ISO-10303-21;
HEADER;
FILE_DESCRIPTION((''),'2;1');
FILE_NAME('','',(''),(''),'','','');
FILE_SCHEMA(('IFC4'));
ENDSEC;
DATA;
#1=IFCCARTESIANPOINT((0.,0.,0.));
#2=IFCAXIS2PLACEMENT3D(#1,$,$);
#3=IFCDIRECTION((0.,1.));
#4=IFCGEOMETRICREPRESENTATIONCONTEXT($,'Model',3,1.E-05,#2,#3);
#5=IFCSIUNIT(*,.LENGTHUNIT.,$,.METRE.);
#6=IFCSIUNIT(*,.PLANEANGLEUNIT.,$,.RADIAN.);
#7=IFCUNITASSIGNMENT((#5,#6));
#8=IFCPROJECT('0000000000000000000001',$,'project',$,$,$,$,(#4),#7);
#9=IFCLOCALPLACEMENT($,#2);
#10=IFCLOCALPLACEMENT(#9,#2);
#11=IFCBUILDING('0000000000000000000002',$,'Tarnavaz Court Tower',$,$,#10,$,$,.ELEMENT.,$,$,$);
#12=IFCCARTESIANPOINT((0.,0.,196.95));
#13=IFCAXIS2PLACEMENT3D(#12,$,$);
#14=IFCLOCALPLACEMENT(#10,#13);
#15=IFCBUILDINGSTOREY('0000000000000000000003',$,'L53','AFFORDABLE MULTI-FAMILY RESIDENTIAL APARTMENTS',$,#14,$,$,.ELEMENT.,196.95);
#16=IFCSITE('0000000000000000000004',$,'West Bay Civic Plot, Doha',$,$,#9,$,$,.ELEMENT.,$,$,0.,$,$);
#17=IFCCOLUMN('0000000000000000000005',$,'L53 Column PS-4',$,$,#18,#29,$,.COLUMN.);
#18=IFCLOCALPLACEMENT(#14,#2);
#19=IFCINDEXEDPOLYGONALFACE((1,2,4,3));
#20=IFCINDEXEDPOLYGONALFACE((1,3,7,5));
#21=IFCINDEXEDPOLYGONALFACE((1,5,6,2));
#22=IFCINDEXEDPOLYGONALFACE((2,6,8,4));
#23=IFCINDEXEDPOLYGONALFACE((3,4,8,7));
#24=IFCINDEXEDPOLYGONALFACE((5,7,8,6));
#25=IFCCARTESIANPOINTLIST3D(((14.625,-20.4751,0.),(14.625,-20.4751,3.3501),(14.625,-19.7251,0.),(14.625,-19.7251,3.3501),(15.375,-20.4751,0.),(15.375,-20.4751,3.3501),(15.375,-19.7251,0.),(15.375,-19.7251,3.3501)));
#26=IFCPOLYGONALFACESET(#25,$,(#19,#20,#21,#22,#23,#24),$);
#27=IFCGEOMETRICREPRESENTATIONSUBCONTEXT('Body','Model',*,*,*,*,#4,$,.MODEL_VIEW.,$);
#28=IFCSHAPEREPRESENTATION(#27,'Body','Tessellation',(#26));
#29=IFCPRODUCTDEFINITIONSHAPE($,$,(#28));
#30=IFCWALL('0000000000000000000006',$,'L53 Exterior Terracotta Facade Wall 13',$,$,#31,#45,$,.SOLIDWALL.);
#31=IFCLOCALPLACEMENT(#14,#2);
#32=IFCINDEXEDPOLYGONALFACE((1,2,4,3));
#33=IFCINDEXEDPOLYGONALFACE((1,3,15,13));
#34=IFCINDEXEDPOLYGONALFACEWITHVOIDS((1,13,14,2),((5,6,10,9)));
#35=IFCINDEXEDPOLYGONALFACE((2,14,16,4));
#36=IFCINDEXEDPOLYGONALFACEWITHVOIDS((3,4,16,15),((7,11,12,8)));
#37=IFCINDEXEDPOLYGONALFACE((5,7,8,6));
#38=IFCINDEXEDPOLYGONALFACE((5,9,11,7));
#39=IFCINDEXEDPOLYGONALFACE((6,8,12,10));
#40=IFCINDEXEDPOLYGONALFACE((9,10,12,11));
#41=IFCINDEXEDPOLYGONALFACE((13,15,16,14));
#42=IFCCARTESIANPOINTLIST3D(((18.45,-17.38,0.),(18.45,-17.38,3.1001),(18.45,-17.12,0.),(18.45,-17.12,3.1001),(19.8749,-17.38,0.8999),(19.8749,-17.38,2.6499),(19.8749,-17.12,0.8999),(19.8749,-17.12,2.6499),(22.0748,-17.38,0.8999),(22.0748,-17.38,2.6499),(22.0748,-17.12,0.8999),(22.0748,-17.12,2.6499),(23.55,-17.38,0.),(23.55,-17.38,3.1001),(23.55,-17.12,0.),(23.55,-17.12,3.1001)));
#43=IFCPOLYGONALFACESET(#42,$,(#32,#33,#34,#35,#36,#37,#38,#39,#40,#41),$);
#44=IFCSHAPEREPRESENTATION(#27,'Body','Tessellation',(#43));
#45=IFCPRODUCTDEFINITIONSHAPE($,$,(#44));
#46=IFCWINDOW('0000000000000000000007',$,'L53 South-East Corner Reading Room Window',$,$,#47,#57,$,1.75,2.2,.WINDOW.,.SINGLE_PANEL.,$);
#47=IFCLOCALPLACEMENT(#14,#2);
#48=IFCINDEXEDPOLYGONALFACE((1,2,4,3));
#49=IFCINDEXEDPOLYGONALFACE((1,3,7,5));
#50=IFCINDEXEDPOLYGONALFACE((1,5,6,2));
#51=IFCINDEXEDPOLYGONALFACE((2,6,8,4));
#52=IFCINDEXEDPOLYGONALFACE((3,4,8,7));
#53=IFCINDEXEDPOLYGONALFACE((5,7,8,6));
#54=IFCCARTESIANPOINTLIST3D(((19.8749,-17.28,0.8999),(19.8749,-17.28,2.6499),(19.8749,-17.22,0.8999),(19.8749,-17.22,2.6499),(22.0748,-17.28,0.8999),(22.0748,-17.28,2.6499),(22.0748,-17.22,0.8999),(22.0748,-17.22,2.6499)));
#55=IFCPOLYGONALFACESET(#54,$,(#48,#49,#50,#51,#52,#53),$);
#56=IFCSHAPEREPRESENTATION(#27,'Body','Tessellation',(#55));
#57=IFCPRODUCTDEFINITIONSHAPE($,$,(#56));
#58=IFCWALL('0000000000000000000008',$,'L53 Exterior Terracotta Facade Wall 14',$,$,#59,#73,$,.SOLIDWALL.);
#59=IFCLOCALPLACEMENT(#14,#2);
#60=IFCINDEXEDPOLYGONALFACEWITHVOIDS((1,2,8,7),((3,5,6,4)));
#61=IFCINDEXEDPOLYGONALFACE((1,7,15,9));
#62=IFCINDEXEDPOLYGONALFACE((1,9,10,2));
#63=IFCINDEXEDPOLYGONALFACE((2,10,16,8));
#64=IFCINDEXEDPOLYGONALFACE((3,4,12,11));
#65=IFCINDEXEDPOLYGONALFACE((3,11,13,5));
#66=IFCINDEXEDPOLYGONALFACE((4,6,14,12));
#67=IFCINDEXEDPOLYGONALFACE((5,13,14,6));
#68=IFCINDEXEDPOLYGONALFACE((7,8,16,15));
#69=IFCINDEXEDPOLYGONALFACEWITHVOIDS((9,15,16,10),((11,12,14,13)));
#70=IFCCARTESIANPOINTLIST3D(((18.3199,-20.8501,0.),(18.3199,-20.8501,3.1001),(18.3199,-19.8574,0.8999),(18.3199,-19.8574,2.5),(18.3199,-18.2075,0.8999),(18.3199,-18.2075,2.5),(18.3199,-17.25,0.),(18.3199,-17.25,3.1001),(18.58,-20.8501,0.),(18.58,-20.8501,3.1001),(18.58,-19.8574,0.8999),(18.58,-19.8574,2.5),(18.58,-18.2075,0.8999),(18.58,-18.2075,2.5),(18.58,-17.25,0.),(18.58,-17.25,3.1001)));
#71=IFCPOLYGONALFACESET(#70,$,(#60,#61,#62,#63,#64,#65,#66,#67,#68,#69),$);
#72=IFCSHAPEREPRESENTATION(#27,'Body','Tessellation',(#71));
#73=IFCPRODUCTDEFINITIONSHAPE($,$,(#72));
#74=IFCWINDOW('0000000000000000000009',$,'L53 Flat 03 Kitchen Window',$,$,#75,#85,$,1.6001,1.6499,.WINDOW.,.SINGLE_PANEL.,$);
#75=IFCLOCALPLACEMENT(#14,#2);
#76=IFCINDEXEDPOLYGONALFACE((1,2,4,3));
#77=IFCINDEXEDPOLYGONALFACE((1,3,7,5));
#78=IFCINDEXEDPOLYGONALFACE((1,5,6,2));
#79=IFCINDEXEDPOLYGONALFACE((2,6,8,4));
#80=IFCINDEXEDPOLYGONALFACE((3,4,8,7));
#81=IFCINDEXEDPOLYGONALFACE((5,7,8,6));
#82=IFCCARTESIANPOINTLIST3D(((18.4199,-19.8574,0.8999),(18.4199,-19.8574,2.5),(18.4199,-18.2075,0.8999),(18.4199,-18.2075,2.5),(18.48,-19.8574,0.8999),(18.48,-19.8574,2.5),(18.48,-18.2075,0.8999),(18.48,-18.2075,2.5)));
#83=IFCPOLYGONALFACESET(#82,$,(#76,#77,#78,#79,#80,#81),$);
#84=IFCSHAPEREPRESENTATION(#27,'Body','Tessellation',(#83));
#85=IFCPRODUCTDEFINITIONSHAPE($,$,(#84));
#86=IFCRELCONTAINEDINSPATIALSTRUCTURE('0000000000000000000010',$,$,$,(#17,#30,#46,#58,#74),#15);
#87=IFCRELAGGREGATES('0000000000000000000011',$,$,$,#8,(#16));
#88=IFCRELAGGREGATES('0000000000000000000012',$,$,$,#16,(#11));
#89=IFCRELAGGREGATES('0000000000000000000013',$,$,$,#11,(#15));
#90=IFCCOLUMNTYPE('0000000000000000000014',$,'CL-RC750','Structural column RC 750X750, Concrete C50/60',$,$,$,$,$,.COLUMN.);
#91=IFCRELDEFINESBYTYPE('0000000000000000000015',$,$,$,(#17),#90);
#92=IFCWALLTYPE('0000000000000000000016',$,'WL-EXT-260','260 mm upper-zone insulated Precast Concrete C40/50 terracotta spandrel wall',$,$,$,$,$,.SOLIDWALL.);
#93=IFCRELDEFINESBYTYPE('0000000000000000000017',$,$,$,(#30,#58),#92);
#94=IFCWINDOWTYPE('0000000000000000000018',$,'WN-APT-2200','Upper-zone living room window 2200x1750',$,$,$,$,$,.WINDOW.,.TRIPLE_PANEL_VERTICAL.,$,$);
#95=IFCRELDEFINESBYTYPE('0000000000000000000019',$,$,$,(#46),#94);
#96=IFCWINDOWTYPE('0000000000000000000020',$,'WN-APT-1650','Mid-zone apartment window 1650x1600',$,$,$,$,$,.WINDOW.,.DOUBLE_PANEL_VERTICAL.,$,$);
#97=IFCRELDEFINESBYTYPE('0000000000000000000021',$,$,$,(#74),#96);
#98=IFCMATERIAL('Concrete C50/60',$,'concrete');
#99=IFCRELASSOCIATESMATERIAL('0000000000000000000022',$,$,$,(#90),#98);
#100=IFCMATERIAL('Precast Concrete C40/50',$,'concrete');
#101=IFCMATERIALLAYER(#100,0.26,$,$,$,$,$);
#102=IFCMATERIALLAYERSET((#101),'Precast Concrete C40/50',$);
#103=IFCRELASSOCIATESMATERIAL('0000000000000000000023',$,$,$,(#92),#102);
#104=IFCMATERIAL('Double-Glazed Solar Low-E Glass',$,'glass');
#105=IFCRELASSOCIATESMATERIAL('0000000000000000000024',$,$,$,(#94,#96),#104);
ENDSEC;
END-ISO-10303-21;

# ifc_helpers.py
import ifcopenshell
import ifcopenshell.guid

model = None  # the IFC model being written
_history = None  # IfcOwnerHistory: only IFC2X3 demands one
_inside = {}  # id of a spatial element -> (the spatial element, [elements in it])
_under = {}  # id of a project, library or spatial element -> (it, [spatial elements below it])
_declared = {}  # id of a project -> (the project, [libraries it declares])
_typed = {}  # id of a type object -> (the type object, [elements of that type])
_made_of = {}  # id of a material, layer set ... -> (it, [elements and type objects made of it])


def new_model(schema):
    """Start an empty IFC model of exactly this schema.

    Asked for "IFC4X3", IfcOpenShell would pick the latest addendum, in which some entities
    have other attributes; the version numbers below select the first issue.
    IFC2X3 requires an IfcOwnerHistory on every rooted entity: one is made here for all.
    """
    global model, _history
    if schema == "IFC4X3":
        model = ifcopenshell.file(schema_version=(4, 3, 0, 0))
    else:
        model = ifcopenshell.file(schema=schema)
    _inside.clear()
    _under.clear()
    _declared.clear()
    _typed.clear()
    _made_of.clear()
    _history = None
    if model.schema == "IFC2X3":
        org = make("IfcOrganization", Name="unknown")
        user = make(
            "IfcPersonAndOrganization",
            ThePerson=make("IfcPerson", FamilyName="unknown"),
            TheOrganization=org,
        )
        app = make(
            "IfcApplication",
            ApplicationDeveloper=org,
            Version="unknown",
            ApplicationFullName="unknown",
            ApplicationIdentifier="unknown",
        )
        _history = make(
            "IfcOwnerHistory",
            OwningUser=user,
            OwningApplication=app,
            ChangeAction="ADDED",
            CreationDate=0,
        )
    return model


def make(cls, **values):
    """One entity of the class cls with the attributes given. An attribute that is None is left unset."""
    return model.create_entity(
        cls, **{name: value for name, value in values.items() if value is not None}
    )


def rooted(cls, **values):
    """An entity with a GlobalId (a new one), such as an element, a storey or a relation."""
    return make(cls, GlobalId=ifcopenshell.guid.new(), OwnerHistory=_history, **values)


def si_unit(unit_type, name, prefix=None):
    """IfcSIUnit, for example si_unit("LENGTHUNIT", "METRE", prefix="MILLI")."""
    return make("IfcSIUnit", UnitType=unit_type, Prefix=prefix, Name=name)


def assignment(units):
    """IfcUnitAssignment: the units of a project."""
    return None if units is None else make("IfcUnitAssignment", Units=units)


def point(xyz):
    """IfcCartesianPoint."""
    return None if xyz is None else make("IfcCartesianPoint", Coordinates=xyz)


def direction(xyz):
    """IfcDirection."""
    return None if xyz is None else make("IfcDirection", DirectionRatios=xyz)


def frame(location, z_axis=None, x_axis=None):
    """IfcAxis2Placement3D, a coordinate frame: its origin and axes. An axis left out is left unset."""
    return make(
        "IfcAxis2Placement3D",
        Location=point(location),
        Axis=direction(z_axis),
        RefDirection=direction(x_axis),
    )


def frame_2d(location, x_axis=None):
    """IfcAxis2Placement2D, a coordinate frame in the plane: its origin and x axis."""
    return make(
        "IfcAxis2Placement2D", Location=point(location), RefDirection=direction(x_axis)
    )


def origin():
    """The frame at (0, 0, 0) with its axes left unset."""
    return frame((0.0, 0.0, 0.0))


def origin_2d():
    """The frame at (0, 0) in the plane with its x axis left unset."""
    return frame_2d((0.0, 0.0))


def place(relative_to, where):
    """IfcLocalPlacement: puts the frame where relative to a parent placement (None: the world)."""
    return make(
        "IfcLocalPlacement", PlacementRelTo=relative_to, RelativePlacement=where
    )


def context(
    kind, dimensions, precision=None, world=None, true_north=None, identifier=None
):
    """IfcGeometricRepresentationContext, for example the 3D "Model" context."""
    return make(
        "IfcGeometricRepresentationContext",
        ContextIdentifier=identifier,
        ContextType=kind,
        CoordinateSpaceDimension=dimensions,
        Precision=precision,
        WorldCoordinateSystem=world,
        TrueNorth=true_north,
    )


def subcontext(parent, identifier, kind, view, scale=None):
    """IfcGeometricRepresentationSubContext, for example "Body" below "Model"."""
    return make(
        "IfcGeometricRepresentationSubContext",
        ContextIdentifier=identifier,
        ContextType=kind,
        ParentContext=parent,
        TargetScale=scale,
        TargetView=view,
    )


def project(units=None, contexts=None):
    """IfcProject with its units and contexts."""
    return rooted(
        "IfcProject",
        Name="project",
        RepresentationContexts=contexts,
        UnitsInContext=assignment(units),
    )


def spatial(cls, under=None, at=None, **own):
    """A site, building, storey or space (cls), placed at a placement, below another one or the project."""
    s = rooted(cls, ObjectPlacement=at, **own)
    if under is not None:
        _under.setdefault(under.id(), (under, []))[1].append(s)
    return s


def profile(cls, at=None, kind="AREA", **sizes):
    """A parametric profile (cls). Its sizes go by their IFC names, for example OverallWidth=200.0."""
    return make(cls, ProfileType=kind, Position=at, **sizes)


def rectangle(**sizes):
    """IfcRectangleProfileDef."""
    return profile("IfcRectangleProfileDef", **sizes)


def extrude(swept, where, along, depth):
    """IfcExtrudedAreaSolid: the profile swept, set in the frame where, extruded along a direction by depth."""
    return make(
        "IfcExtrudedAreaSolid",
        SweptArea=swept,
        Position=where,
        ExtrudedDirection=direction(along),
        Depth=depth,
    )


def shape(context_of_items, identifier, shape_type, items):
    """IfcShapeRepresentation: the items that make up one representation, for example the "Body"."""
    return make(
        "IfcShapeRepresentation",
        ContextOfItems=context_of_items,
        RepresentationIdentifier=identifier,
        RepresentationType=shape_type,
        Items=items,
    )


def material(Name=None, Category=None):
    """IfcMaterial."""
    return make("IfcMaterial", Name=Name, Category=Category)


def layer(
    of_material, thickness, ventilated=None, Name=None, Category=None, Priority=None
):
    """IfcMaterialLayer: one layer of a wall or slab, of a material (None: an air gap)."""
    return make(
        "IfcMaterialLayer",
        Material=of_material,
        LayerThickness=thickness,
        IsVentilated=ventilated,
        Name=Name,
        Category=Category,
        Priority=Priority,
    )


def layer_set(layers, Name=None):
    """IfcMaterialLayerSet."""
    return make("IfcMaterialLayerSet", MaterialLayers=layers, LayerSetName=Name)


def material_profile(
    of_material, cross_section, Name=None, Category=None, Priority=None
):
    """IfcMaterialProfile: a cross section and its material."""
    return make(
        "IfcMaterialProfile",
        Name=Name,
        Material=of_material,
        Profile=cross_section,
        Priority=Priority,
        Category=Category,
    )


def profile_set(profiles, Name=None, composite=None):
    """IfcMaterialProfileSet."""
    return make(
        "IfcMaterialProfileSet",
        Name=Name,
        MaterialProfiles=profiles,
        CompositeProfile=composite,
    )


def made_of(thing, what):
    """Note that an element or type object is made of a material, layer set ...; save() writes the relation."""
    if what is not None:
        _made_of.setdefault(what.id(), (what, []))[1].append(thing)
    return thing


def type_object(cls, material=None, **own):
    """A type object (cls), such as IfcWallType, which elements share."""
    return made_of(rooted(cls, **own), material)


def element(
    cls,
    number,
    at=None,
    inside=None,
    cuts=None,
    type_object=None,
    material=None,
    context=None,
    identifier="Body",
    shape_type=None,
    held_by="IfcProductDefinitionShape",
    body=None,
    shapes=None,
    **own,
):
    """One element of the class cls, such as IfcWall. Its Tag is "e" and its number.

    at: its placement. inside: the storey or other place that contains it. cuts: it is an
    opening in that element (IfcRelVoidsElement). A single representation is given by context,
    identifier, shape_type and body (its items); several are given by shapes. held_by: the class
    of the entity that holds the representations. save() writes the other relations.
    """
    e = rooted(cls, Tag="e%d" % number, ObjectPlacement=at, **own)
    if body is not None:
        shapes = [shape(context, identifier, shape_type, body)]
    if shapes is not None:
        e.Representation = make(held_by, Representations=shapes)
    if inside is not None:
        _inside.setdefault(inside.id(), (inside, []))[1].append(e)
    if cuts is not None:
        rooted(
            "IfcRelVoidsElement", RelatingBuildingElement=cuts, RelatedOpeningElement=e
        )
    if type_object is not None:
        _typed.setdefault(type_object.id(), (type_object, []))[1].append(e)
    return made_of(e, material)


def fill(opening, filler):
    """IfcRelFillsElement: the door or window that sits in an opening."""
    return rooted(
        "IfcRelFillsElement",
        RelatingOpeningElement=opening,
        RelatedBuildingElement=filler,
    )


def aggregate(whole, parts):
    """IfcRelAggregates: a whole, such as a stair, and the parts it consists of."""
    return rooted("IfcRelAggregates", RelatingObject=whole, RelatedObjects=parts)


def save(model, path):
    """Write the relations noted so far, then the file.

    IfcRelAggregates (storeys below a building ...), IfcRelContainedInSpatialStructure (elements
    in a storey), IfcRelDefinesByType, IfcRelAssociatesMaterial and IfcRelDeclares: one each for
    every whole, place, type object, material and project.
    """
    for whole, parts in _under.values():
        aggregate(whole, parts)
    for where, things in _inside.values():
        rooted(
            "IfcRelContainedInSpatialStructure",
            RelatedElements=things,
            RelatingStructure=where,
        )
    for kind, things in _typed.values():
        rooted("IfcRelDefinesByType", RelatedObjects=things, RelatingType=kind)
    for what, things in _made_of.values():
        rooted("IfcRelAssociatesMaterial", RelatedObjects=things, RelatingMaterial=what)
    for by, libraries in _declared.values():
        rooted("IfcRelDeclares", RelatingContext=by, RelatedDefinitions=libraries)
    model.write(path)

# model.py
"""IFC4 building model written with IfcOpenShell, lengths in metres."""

from ifc_helpers import new_model, si_unit, direction, frame, frame_2d, origin, origin_2d, place, context, subcontext, project, spatial, rectangle, extrude, material, layer, layer_set, material_profile, profile_set, type_object, element, fill, save


model = new_model("IFC4")

# Units and contexts
model_context = context("Model", 3, precision=1e-05, world=origin(), true_north=direction((0.0, 1.0)))
body_context = subcontext(model_context, "Body", "Model", "MODEL_VIEW")
ifc_project = project(units=[si_unit("LENGTHUNIT", "METRE"), si_unit("PLANEANGLEUNIT", "RADIAN")], contexts=[model_context])

# Site, building, storey
site_placement = place(None, origin())
site = spatial("IfcSite", under=ifc_project, at=site_placement, Name="West Bay Civic Plot, Doha", CompositionType="ELEMENT", RefElevation=0.0)
building_placement = place(site_placement, origin())
building = spatial("IfcBuilding", under=site, at=building_placement, Name="Tarnavaz Court Tower", CompositionType="ELEMENT")
storey_placement = place(building_placement, frame((0.0, 0.0, 196.95)))
storey = spatial("IfcBuildingStorey", under=building, at=storey_placement, Name="L53", Description="AFFORDABLE MULTI-FAMILY RESIDENTIAL APARTMENTS", CompositionType="ELEMENT", Elevation=196.95)

# Column
ifc_material_1 = material(Name="Concrete C50/60", Category="concrete")
ifc_material_profile_1 = material_profile(ifc_material_1, rectangle(XDim=0.75, YDim=0.75, at=origin_2d()), Name="RC 750X750")
ifc_profile_set_1 = profile_set([ifc_material_profile_1], Name="Concrete C50/60")
column_type = type_object("IfcColumnType", Name="CL-RC750", Description="Structural column RC 750X750, Concrete C50/60", PredefinedType="COLUMN", material=ifc_profile_set_1)
column_placement = place(storey_placement, frame((15.0, -20.1001, 0.0), z_axis=(0.0, 0.0, 1.0), x_axis=(1.0, 0.0, 0.0)))
element("IfcColumn", 1, at=column_placement, inside=storey, type_object=column_type, Name="L53 Column PS-4", PredefinedType="COLUMN", context=body_context, shape_type="SweptSolid", body=[
    extrude(rectangle(XDim=0.75, YDim=0.75, at=origin_2d()), origin(), (0.0, 0.0, 1.0), 3.3501),
])

# Walls, openings, windows
ifc_material_2 = material(Name="Precast Concrete C40/50", Category="concrete")
ifc_layer_1 = layer(ifc_material_2, 0.26)
ifc_layer_set_1 = layer_set([ifc_layer_1], Name="Precast Concrete C40/50")
wall_type_1 = type_object("IfcWallType", Name="WL-EXT-260", Description="260 mm upper-zone insulated Precast Concrete C40/50 terracotta spandrel wall", PredefinedType="SOLIDWALL", material=ifc_layer_set_1)
wall_1_placement = place(storey_placement, frame((23.55, -17.25, 0.0), z_axis=(0.0, 0.0, 1.0), x_axis=(-1.0, 0.0, 0.0)))
wall_1 = element("IfcWall", 2, at=wall_1_placement, inside=storey, type_object=wall_type_1, Name="L53 Exterior Terracotta Facade Wall 13", PredefinedType="SOLIDWALL", context=body_context, shape_type="SweptSolid", body=[
    extrude(rectangle(XDim=5.1001, YDim=0.26, at=frame_2d((2.55, 0.0))), origin(), (0.0, 0.0, 1.0), 3.1001),
])
opening_1_placement = place(wall_1_placement, frame((1.4751, 0.0, 0.8999)))
opening_1 = element("IfcOpeningElement", 3, at=opening_1_placement, cuts=wall_1, PredefinedType="OPENING", context=body_context, shape_type="SweptSolid", body=[
    extrude(rectangle(XDim=2.2, YDim=1.75, at=frame_2d((1.1001, 0.875))), frame((0.0, 0.1399, 0.0), z_axis=(0.0, -1.0, 0.0), x_axis=(1.0, 0.0, 0.0)), (0.0, 0.0, 1.0), 0.28),
])
ifc_material_3 = material(Name="Double-Glazed Solar Low-E Glass", Category="glass")
window_type_1 = type_object("IfcWindowType", Name="WN-APT-2200", Description="Upper-zone living room window 2200x1750", PartitioningType="TRIPLE_PANEL_VERTICAL", PredefinedType="WINDOW", material=ifc_material_3)
window_1_placement = place(opening_1_placement, origin())
window_1 = element("IfcWindow", 4, at=window_1_placement, inside=storey, type_object=window_type_1, Name="L53 South-East Corner Reading Room Window", OverallHeight=1.75, OverallWidth=2.2, PartitioningType="SINGLE_PANEL", PredefinedType="WINDOW", context=body_context, shape_type="SweptSolid", body=[
    extrude(rectangle(XDim=2.2, YDim=1.75, at=frame_2d((1.1001, 0.875))), frame((0.0, 0.03, 0.0), z_axis=(0.0, -1.0, 0.0), x_axis=(1.0, 0.0, 0.0)), (0.0, 0.0, 1.0), 0.0601),
])
fill(opening_1, window_1)
wall_2_placement = place(storey_placement, frame((18.45, -17.25, 0.0), z_axis=(0.0, 0.0, 1.0), x_axis=(0.0, -1.0, 0.0)))
wall_2 = element("IfcWall", 5, at=wall_2_placement, inside=storey, type_object=wall_type_1, Name="L53 Exterior Terracotta Facade Wall 14", PredefinedType="SOLIDWALL", context=body_context, shape_type="SweptSolid", body=[
    extrude(rectangle(XDim=3.6001, YDim=0.26, at=frame_2d((1.8, 0.0))), origin(), (0.0, 0.0, 1.0), 3.1001),
])
opening_2_placement = place(wall_2_placement, frame((0.9575, 0.0, 0.8999)))
opening_2 = element("IfcOpeningElement", 6, at=opening_2_placement, cuts=wall_2, PredefinedType="OPENING", context=body_context, shape_type="SweptSolid", body=[
    extrude(rectangle(XDim=1.6499, YDim=1.6001, at=frame_2d((0.825, 0.8))), frame((0.0, 0.1399, 0.0), z_axis=(0.0, -1.0, 0.0), x_axis=(1.0, 0.0, 0.0)), (0.0, 0.0, 1.0), 0.28),
])
window_type_2 = type_object("IfcWindowType", Name="WN-APT-1650", Description="Mid-zone apartment window 1650x1600", PartitioningType="DOUBLE_PANEL_VERTICAL", PredefinedType="WINDOW", material=ifc_material_3)
window_2_placement = place(opening_2_placement, origin())
window_2 = element("IfcWindow", 7, at=window_2_placement, inside=storey, type_object=window_type_2, Name="L53 Flat 03 Kitchen Window", OverallHeight=1.6001, OverallWidth=1.6499, PartitioningType="SINGLE_PANEL", PredefinedType="WINDOW", context=body_context, shape_type="SweptSolid", body=[
    extrude(rectangle(XDim=1.6499, YDim=1.6001, at=frame_2d((0.825, 0.8))), frame((0.0, 0.03, 0.0), z_axis=(0.0, -1.0, 0.0), x_axis=(1.0, 0.0, 0.0)), (0.0, 0.0, 1.0), 0.0601),
])
fill(opening_2, window_2)

save(model, "model.ifc")
